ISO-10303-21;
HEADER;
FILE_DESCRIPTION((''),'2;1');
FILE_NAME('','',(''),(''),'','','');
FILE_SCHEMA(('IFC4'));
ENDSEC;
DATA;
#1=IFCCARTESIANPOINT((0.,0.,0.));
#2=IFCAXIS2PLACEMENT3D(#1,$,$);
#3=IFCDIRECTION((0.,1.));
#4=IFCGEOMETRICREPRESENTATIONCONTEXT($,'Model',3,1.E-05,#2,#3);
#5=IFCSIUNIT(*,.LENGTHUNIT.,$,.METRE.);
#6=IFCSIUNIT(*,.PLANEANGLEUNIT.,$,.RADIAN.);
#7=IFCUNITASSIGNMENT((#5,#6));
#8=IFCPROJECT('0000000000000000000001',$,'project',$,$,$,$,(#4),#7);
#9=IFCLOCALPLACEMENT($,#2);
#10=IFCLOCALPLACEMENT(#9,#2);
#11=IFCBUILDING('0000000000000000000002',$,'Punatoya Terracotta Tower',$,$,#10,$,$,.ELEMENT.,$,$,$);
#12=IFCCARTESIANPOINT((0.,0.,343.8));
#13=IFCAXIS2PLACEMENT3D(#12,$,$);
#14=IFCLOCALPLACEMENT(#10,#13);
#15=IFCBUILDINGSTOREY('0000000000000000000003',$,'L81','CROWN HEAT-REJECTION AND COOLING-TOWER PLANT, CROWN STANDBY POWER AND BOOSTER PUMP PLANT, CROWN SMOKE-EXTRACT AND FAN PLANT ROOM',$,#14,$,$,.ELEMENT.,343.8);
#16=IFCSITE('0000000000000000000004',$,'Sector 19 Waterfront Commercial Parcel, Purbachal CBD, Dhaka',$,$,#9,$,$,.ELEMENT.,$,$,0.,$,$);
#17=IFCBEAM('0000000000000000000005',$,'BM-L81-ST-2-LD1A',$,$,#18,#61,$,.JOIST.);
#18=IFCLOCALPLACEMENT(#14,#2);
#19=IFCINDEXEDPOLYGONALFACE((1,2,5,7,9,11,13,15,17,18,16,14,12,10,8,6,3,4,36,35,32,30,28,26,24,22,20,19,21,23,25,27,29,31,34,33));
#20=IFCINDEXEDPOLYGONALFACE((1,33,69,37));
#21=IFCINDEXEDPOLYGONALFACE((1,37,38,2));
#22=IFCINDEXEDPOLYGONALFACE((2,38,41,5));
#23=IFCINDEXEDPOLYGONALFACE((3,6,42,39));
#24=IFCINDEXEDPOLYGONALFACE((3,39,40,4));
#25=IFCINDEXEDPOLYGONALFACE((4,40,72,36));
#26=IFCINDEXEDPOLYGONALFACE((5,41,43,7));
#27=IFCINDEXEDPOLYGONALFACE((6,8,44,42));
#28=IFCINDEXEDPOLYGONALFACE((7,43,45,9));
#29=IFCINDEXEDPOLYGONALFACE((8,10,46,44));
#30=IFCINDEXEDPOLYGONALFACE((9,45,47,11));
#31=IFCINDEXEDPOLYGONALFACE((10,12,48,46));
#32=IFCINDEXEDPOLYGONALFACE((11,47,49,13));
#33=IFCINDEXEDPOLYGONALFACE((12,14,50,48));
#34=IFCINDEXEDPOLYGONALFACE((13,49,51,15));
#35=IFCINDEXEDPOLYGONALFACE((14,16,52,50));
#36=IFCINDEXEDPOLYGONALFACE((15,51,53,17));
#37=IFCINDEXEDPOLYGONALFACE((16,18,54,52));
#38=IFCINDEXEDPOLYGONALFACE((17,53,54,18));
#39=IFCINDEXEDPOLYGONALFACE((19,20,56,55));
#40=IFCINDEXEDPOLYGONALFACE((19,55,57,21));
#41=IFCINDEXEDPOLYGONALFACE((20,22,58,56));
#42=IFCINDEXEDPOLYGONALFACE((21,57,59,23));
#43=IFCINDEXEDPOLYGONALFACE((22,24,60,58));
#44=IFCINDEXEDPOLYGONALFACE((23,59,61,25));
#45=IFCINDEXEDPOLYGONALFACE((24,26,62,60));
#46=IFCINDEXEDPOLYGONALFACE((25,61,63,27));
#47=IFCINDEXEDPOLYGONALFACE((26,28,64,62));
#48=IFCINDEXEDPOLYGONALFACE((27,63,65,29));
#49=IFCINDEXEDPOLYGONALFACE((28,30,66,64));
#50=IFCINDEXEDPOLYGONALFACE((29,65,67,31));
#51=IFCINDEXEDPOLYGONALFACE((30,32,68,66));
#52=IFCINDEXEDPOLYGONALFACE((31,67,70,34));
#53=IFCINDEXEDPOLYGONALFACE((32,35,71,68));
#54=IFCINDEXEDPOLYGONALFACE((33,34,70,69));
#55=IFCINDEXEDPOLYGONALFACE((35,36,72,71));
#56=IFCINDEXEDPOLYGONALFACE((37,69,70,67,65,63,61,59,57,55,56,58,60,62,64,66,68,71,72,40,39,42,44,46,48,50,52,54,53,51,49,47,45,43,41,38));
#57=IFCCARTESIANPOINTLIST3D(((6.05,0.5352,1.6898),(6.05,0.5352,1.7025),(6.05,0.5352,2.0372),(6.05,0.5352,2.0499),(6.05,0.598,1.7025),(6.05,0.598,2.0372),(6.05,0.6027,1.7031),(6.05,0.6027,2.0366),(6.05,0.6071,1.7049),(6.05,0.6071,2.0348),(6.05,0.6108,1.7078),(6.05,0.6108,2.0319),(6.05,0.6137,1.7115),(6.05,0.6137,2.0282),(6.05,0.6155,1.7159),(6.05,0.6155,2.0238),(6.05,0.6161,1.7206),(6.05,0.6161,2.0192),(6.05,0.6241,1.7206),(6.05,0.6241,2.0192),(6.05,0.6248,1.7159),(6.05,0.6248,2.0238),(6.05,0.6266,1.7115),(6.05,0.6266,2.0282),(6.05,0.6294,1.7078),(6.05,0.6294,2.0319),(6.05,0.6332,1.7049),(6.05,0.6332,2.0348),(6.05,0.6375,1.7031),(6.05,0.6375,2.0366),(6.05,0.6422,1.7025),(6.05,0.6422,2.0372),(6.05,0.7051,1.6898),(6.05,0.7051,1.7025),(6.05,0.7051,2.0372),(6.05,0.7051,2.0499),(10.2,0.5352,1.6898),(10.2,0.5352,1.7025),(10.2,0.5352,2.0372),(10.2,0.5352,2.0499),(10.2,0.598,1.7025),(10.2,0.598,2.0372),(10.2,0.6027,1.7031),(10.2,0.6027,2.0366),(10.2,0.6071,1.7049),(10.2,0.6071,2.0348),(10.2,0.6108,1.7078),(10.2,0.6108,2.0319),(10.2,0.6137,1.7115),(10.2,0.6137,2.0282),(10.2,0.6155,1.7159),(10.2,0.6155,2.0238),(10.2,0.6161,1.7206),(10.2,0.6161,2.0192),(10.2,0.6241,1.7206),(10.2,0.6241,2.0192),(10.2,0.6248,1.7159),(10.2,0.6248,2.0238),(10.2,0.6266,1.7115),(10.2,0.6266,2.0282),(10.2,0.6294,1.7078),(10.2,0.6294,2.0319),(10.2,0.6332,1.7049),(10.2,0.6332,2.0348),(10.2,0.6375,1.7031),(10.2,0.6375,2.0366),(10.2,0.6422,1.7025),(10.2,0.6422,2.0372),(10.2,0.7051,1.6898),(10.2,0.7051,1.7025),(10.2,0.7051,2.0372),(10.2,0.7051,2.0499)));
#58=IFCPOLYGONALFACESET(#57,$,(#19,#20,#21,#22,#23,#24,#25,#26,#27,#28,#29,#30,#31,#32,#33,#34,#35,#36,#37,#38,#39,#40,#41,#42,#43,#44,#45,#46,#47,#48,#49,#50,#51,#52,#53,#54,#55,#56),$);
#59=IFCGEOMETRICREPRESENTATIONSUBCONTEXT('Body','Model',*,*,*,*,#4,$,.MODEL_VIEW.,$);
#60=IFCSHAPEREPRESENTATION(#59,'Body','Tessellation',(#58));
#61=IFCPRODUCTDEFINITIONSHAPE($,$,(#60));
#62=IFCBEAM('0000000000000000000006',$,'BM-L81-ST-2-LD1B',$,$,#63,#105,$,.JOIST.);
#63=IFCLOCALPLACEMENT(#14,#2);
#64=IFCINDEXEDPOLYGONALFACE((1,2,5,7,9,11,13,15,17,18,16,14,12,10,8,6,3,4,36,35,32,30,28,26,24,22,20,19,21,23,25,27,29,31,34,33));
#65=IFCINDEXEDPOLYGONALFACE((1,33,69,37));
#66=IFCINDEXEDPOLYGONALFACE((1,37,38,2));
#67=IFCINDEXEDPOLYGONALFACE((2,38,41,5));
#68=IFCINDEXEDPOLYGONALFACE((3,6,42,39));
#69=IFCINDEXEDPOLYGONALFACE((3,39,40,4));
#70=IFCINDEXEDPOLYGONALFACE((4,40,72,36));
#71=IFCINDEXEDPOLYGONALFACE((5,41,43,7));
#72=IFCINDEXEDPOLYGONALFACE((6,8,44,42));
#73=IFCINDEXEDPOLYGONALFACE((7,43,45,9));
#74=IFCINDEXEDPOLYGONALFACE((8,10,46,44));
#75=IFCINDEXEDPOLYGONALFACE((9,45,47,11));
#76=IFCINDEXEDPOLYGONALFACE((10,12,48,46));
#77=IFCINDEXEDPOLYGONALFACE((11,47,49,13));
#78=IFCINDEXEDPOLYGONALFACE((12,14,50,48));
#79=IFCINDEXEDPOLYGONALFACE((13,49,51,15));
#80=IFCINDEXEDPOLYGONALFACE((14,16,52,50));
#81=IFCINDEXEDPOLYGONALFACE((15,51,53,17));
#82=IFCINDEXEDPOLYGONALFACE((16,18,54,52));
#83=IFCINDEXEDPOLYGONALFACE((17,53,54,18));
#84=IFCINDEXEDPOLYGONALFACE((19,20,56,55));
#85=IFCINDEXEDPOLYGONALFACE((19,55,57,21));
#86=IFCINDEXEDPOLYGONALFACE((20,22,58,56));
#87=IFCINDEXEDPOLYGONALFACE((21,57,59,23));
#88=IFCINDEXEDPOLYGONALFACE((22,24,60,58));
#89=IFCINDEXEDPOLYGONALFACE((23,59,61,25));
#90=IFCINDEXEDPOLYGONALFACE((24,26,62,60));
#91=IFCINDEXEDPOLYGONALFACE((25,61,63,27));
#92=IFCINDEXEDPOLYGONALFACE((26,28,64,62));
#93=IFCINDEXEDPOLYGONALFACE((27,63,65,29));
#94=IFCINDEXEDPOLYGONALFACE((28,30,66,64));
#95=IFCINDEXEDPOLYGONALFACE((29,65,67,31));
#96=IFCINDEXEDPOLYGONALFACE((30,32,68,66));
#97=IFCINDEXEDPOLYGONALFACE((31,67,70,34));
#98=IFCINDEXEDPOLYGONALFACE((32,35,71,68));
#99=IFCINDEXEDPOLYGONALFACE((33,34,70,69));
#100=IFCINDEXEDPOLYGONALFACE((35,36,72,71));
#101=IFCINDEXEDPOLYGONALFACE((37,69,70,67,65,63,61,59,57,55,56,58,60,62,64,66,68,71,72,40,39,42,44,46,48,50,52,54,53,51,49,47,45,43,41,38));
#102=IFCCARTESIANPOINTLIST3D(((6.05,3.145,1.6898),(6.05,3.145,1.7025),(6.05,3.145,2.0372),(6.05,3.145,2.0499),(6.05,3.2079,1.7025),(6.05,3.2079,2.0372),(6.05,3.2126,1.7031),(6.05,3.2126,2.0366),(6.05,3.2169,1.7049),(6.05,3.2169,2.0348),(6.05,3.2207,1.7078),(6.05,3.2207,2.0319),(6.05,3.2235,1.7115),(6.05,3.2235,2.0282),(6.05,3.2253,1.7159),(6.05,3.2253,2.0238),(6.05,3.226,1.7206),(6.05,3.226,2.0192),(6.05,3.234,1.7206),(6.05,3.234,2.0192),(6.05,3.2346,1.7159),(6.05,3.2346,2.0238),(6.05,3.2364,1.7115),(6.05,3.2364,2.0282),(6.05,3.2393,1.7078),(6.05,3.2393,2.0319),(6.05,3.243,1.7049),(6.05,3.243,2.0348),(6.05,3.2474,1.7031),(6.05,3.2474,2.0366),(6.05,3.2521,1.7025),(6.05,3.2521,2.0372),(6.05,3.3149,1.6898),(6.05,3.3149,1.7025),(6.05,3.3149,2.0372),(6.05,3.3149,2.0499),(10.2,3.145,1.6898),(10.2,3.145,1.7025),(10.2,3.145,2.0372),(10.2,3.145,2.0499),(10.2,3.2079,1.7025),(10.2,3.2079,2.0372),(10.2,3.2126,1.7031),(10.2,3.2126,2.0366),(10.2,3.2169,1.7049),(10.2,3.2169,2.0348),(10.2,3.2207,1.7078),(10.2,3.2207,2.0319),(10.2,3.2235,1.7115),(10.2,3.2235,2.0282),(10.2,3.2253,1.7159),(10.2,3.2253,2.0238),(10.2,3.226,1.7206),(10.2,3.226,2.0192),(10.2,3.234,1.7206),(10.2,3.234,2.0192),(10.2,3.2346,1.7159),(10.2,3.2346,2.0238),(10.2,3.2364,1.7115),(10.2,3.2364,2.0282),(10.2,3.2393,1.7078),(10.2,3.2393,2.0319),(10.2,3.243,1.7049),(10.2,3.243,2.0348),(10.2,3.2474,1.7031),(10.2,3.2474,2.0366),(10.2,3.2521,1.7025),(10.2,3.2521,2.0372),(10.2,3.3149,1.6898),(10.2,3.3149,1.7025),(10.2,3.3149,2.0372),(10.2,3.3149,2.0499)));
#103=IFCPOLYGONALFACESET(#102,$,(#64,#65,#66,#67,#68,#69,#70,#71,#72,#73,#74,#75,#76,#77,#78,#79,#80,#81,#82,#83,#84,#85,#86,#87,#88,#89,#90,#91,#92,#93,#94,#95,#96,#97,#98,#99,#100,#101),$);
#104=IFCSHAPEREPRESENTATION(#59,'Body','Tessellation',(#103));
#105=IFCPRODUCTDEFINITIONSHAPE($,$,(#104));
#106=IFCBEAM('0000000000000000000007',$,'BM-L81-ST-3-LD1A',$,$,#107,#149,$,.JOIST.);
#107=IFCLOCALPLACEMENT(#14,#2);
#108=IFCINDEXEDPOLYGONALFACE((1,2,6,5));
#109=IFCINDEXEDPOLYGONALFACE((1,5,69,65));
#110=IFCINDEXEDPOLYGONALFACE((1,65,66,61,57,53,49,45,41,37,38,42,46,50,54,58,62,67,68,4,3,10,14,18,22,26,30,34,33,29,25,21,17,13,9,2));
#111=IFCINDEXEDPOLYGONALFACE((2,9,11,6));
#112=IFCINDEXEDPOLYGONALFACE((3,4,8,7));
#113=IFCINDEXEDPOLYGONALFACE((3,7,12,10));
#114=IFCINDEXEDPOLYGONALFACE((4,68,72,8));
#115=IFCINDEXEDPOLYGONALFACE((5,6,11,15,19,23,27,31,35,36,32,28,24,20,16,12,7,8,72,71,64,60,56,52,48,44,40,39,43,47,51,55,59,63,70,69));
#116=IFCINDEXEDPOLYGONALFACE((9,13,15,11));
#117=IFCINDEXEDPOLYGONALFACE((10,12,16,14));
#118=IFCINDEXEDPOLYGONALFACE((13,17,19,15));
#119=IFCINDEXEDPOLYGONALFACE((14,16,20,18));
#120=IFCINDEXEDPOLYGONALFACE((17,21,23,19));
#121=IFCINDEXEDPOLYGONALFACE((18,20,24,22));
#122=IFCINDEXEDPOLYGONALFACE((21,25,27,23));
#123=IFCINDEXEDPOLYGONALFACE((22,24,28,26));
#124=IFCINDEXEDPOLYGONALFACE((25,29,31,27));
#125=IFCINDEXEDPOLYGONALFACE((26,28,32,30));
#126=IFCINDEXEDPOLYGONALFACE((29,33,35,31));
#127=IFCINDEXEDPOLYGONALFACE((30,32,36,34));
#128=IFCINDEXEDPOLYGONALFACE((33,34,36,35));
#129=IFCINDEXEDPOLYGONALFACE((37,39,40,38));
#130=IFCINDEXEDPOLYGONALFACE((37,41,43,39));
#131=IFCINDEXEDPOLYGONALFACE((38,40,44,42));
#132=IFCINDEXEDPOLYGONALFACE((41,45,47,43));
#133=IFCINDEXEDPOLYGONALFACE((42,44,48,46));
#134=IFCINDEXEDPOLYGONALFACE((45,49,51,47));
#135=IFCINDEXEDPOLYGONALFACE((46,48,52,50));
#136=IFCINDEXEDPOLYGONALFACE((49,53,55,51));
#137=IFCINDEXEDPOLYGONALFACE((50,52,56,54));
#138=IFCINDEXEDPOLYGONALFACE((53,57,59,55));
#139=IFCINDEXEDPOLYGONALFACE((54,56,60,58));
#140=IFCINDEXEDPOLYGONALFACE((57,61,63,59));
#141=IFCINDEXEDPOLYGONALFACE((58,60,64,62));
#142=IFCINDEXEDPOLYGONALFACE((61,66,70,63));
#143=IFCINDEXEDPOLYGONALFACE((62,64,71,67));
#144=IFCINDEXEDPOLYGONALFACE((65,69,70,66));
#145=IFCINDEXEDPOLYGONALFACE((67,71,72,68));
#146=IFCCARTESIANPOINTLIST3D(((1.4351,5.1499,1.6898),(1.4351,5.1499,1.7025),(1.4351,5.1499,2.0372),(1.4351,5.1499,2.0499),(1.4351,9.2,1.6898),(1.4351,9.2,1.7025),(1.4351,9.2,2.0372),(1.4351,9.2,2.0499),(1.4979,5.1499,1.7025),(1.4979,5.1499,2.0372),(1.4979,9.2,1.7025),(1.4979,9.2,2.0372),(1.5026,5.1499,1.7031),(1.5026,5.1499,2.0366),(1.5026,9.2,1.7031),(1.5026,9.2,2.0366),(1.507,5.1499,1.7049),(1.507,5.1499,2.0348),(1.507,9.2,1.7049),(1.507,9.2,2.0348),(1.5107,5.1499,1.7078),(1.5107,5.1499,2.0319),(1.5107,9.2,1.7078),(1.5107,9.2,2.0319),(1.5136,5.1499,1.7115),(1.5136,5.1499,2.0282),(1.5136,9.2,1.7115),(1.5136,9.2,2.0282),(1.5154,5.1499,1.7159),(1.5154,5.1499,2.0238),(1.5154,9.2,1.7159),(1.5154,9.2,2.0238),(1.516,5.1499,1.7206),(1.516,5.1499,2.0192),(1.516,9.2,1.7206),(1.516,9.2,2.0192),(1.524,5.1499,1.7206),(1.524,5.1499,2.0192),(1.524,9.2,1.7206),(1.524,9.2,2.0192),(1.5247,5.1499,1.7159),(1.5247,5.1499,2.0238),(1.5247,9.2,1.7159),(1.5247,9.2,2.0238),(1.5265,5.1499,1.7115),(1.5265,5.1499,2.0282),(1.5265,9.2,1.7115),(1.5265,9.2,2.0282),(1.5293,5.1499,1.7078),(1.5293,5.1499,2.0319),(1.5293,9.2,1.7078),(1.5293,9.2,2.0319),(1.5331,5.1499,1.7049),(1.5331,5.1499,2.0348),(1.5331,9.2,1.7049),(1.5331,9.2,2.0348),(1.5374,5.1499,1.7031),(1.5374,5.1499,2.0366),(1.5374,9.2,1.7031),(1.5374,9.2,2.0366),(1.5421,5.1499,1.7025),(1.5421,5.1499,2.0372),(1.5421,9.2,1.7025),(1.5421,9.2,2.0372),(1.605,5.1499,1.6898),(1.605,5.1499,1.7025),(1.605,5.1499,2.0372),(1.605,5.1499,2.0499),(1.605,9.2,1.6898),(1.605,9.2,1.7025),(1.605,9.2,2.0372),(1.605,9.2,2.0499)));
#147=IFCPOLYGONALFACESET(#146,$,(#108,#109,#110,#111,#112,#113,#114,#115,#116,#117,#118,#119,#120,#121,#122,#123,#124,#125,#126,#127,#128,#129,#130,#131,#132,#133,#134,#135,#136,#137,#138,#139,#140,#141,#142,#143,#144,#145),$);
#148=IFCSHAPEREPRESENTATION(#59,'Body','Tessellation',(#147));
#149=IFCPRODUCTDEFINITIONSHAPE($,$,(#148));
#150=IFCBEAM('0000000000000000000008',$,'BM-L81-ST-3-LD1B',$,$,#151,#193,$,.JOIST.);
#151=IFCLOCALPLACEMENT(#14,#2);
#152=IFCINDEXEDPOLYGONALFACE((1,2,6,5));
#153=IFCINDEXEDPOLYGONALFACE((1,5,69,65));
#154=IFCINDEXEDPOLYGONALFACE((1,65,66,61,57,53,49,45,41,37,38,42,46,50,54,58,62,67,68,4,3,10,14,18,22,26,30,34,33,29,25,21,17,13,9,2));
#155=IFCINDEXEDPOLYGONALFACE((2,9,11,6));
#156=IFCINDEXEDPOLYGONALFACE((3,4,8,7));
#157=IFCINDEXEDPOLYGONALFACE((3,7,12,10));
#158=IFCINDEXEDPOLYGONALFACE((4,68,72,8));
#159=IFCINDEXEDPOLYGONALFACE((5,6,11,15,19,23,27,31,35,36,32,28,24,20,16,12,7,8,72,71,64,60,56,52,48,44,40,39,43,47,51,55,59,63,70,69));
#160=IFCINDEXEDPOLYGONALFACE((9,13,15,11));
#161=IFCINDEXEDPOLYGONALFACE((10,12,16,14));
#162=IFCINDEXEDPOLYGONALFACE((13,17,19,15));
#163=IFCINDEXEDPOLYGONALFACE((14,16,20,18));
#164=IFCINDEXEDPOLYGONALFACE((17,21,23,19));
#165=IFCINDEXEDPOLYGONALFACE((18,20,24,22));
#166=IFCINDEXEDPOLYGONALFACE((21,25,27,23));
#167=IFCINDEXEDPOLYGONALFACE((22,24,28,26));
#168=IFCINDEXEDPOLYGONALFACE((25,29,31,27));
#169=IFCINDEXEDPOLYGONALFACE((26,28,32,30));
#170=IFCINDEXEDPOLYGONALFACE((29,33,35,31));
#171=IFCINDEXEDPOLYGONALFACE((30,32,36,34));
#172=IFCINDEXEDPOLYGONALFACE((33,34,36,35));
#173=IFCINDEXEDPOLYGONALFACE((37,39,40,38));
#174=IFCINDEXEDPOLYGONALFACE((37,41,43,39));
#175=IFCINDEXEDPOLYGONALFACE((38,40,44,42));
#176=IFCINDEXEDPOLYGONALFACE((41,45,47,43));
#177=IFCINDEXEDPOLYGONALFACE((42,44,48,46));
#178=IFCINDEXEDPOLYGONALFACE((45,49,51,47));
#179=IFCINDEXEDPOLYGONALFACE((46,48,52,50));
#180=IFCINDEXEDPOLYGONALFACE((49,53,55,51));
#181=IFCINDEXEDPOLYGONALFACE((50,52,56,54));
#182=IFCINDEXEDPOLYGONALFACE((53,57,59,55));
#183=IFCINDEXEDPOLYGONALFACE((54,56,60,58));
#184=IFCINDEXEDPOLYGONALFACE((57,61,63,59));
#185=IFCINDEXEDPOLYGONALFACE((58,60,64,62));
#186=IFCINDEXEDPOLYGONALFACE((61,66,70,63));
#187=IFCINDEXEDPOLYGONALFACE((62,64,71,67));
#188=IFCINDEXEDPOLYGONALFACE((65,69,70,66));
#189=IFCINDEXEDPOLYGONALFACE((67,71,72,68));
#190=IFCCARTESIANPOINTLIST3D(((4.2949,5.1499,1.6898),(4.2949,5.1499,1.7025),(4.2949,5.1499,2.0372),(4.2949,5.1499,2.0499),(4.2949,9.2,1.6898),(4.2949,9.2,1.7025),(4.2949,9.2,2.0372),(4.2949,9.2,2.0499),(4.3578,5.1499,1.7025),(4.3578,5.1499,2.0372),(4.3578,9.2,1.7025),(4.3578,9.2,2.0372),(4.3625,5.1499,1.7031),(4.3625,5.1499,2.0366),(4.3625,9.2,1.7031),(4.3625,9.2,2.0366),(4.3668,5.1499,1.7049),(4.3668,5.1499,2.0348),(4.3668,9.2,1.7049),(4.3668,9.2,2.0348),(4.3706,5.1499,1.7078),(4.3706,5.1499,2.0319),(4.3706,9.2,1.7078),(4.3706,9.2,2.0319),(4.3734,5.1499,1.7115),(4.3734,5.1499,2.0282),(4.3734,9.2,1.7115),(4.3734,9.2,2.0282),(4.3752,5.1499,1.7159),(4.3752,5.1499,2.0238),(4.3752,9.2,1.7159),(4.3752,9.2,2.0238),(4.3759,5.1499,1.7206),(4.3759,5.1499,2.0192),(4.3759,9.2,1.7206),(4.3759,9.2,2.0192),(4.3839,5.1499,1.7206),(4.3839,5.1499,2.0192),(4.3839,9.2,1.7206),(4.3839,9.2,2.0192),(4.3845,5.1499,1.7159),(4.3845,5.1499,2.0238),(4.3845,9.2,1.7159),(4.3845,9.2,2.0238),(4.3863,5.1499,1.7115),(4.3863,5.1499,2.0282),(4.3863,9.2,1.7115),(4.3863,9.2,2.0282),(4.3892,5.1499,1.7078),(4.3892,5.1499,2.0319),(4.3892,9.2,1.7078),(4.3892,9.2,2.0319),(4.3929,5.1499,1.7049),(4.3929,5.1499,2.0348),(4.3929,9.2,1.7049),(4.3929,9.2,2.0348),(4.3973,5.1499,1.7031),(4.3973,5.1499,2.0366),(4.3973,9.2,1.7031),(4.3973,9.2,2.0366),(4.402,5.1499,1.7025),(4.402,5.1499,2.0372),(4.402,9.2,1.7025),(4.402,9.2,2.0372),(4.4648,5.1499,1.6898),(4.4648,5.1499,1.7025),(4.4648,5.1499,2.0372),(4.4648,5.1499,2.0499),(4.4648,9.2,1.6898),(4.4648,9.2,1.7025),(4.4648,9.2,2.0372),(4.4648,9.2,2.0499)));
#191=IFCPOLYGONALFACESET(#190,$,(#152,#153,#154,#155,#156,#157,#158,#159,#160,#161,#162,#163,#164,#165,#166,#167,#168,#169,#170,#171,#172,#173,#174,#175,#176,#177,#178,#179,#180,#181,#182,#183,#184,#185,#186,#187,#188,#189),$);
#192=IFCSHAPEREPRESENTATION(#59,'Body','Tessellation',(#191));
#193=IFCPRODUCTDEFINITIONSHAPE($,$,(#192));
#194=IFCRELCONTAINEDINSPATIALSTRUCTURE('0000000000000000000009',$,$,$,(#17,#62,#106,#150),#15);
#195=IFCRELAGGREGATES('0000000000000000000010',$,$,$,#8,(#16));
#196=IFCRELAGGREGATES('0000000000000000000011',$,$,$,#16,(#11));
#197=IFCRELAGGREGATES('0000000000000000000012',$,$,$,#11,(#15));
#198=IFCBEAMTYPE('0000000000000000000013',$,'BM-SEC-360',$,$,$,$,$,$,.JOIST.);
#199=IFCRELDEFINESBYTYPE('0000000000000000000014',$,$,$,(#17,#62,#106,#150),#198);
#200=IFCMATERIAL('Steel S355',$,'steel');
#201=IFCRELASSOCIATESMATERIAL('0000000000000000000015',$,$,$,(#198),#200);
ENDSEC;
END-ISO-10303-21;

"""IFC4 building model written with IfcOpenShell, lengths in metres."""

from ifc_helpers import new_model, si_unit, direction, frame, origin, origin_2d, place, context, subcontext, project, spatial, i_section, extrude, material, material_profile, profile_set, type_object, element, save


model = new_model("IFC4")

# Units and contexts
model_context = context("Model", 3, precision=1e-05, world=origin(), true_north=direction((0.0, 1.0)))
body_context = subcontext(model_context, "Body", "Model", "MODEL_VIEW")
ifc_project = project(units=[si_unit("LENGTHUNIT", "METRE"), si_unit("PLANEANGLEUNIT", "RADIAN")], contexts=[model_context])

# Site, building, storey
site_placement = place(None, origin())
site = spatial("IfcSite", under=ifc_project, at=site_placement, Name="Sector 19 Waterfront Commercial Parcel, Purbachal CBD, Dhaka", CompositionType="ELEMENT", RefElevation=0.0)
building_placement = place(site_placement, origin())
building = spatial("IfcBuilding", under=site, at=building_placement, Name="Punatoya Terracotta Tower", CompositionType="ELEMENT")
storey_placement = place(building_placement, frame((0.0, 0.0, 343.8)))
storey = spatial("IfcBuildingStorey", under=building, at=storey_placement, Name="L81", Description="CROWN HEAT-REJECTION AND COOLING-TOWER PLANT, CROWN STANDBY POWER AND BOOSTER PUMP PLANT, CROWN SMOKE-EXTRACT AND FAN PLANT ROOM", CompositionType="ELEMENT", Elevation=343.8)

# Beams
ifc_material_1 = material(Name="Steel S355", Category="steel")
ifc_material_profile_1 = material_profile(ifc_material_1, i_section(OverallWidth=0.1699, OverallDepth=0.3601, WebThickness=0.0081, FlangeThickness=0.0127, FilletRadius=0.0181, at=origin_2d()))
ifc_profile_set_1 = profile_set([ifc_material_profile_1], Name="Steel S355")
beam_type_1 = type_object("IfcBeamType", Name="BM-SEC-360", PredefinedType="JOIST", material=ifc_profile_set_1)
for number, where, z_axis, x_axis, name in (
    (1, (6.05, 0.6201, 1.8699), (1.0, 0.0, 0.0), (0.0, 1.0, 0.0), "BM-L81-ST-2-LD1A"),
    (2, (6.05, 3.23, 1.8699), (1.0, 0.0, 0.0), (0.0, 1.0, 0.0), "BM-L81-ST-2-LD1B"),
):
    element("IfcBeam", number, at=place(storey_placement, frame(where, z_axis=z_axis, x_axis=x_axis)), inside=storey, type_object=beam_type_1, Name=name, PredefinedType="JOIST", context=body_context, shape_type="SweptSolid", body=[
        extrude(i_section(OverallWidth=0.1699, OverallDepth=0.3601, WebThickness=0.0081, FlangeThickness=0.0127, FilletRadius=0.0181, at=origin_2d()), origin(), (0.0, 0.0, 1.0), 4.1499),
    ])
for number, where, z_axis, x_axis, name in (
    (3, (1.52, 5.1499, 1.8699), (0.0, 1.0, 0.0), (-1.0, 0.0, 0.0), "BM-L81-ST-3-LD1A"),
    (4, (4.3799, 5.1499, 1.8699), (0.0, 1.0, 0.0), (-1.0, 0.0, 0.0), "BM-L81-ST-3-LD1B"),
):
    element("IfcBeam", number, at=place(storey_placement, frame(where, z_axis=z_axis, x_axis=x_axis)), inside=storey, type_object=beam_type_1, Name=name, PredefinedType="JOIST", context=body_context, shape_type="SweptSolid", body=[
        extrude(i_section(OverallWidth=0.1699, OverallDepth=0.3601, WebThickness=0.0081, FlangeThickness=0.0127, FilletRadius=0.0181, at=origin_2d()), origin(), (0.0, 0.0, 1.0), 4.05),
    ])

save(model, "model.ifc")
